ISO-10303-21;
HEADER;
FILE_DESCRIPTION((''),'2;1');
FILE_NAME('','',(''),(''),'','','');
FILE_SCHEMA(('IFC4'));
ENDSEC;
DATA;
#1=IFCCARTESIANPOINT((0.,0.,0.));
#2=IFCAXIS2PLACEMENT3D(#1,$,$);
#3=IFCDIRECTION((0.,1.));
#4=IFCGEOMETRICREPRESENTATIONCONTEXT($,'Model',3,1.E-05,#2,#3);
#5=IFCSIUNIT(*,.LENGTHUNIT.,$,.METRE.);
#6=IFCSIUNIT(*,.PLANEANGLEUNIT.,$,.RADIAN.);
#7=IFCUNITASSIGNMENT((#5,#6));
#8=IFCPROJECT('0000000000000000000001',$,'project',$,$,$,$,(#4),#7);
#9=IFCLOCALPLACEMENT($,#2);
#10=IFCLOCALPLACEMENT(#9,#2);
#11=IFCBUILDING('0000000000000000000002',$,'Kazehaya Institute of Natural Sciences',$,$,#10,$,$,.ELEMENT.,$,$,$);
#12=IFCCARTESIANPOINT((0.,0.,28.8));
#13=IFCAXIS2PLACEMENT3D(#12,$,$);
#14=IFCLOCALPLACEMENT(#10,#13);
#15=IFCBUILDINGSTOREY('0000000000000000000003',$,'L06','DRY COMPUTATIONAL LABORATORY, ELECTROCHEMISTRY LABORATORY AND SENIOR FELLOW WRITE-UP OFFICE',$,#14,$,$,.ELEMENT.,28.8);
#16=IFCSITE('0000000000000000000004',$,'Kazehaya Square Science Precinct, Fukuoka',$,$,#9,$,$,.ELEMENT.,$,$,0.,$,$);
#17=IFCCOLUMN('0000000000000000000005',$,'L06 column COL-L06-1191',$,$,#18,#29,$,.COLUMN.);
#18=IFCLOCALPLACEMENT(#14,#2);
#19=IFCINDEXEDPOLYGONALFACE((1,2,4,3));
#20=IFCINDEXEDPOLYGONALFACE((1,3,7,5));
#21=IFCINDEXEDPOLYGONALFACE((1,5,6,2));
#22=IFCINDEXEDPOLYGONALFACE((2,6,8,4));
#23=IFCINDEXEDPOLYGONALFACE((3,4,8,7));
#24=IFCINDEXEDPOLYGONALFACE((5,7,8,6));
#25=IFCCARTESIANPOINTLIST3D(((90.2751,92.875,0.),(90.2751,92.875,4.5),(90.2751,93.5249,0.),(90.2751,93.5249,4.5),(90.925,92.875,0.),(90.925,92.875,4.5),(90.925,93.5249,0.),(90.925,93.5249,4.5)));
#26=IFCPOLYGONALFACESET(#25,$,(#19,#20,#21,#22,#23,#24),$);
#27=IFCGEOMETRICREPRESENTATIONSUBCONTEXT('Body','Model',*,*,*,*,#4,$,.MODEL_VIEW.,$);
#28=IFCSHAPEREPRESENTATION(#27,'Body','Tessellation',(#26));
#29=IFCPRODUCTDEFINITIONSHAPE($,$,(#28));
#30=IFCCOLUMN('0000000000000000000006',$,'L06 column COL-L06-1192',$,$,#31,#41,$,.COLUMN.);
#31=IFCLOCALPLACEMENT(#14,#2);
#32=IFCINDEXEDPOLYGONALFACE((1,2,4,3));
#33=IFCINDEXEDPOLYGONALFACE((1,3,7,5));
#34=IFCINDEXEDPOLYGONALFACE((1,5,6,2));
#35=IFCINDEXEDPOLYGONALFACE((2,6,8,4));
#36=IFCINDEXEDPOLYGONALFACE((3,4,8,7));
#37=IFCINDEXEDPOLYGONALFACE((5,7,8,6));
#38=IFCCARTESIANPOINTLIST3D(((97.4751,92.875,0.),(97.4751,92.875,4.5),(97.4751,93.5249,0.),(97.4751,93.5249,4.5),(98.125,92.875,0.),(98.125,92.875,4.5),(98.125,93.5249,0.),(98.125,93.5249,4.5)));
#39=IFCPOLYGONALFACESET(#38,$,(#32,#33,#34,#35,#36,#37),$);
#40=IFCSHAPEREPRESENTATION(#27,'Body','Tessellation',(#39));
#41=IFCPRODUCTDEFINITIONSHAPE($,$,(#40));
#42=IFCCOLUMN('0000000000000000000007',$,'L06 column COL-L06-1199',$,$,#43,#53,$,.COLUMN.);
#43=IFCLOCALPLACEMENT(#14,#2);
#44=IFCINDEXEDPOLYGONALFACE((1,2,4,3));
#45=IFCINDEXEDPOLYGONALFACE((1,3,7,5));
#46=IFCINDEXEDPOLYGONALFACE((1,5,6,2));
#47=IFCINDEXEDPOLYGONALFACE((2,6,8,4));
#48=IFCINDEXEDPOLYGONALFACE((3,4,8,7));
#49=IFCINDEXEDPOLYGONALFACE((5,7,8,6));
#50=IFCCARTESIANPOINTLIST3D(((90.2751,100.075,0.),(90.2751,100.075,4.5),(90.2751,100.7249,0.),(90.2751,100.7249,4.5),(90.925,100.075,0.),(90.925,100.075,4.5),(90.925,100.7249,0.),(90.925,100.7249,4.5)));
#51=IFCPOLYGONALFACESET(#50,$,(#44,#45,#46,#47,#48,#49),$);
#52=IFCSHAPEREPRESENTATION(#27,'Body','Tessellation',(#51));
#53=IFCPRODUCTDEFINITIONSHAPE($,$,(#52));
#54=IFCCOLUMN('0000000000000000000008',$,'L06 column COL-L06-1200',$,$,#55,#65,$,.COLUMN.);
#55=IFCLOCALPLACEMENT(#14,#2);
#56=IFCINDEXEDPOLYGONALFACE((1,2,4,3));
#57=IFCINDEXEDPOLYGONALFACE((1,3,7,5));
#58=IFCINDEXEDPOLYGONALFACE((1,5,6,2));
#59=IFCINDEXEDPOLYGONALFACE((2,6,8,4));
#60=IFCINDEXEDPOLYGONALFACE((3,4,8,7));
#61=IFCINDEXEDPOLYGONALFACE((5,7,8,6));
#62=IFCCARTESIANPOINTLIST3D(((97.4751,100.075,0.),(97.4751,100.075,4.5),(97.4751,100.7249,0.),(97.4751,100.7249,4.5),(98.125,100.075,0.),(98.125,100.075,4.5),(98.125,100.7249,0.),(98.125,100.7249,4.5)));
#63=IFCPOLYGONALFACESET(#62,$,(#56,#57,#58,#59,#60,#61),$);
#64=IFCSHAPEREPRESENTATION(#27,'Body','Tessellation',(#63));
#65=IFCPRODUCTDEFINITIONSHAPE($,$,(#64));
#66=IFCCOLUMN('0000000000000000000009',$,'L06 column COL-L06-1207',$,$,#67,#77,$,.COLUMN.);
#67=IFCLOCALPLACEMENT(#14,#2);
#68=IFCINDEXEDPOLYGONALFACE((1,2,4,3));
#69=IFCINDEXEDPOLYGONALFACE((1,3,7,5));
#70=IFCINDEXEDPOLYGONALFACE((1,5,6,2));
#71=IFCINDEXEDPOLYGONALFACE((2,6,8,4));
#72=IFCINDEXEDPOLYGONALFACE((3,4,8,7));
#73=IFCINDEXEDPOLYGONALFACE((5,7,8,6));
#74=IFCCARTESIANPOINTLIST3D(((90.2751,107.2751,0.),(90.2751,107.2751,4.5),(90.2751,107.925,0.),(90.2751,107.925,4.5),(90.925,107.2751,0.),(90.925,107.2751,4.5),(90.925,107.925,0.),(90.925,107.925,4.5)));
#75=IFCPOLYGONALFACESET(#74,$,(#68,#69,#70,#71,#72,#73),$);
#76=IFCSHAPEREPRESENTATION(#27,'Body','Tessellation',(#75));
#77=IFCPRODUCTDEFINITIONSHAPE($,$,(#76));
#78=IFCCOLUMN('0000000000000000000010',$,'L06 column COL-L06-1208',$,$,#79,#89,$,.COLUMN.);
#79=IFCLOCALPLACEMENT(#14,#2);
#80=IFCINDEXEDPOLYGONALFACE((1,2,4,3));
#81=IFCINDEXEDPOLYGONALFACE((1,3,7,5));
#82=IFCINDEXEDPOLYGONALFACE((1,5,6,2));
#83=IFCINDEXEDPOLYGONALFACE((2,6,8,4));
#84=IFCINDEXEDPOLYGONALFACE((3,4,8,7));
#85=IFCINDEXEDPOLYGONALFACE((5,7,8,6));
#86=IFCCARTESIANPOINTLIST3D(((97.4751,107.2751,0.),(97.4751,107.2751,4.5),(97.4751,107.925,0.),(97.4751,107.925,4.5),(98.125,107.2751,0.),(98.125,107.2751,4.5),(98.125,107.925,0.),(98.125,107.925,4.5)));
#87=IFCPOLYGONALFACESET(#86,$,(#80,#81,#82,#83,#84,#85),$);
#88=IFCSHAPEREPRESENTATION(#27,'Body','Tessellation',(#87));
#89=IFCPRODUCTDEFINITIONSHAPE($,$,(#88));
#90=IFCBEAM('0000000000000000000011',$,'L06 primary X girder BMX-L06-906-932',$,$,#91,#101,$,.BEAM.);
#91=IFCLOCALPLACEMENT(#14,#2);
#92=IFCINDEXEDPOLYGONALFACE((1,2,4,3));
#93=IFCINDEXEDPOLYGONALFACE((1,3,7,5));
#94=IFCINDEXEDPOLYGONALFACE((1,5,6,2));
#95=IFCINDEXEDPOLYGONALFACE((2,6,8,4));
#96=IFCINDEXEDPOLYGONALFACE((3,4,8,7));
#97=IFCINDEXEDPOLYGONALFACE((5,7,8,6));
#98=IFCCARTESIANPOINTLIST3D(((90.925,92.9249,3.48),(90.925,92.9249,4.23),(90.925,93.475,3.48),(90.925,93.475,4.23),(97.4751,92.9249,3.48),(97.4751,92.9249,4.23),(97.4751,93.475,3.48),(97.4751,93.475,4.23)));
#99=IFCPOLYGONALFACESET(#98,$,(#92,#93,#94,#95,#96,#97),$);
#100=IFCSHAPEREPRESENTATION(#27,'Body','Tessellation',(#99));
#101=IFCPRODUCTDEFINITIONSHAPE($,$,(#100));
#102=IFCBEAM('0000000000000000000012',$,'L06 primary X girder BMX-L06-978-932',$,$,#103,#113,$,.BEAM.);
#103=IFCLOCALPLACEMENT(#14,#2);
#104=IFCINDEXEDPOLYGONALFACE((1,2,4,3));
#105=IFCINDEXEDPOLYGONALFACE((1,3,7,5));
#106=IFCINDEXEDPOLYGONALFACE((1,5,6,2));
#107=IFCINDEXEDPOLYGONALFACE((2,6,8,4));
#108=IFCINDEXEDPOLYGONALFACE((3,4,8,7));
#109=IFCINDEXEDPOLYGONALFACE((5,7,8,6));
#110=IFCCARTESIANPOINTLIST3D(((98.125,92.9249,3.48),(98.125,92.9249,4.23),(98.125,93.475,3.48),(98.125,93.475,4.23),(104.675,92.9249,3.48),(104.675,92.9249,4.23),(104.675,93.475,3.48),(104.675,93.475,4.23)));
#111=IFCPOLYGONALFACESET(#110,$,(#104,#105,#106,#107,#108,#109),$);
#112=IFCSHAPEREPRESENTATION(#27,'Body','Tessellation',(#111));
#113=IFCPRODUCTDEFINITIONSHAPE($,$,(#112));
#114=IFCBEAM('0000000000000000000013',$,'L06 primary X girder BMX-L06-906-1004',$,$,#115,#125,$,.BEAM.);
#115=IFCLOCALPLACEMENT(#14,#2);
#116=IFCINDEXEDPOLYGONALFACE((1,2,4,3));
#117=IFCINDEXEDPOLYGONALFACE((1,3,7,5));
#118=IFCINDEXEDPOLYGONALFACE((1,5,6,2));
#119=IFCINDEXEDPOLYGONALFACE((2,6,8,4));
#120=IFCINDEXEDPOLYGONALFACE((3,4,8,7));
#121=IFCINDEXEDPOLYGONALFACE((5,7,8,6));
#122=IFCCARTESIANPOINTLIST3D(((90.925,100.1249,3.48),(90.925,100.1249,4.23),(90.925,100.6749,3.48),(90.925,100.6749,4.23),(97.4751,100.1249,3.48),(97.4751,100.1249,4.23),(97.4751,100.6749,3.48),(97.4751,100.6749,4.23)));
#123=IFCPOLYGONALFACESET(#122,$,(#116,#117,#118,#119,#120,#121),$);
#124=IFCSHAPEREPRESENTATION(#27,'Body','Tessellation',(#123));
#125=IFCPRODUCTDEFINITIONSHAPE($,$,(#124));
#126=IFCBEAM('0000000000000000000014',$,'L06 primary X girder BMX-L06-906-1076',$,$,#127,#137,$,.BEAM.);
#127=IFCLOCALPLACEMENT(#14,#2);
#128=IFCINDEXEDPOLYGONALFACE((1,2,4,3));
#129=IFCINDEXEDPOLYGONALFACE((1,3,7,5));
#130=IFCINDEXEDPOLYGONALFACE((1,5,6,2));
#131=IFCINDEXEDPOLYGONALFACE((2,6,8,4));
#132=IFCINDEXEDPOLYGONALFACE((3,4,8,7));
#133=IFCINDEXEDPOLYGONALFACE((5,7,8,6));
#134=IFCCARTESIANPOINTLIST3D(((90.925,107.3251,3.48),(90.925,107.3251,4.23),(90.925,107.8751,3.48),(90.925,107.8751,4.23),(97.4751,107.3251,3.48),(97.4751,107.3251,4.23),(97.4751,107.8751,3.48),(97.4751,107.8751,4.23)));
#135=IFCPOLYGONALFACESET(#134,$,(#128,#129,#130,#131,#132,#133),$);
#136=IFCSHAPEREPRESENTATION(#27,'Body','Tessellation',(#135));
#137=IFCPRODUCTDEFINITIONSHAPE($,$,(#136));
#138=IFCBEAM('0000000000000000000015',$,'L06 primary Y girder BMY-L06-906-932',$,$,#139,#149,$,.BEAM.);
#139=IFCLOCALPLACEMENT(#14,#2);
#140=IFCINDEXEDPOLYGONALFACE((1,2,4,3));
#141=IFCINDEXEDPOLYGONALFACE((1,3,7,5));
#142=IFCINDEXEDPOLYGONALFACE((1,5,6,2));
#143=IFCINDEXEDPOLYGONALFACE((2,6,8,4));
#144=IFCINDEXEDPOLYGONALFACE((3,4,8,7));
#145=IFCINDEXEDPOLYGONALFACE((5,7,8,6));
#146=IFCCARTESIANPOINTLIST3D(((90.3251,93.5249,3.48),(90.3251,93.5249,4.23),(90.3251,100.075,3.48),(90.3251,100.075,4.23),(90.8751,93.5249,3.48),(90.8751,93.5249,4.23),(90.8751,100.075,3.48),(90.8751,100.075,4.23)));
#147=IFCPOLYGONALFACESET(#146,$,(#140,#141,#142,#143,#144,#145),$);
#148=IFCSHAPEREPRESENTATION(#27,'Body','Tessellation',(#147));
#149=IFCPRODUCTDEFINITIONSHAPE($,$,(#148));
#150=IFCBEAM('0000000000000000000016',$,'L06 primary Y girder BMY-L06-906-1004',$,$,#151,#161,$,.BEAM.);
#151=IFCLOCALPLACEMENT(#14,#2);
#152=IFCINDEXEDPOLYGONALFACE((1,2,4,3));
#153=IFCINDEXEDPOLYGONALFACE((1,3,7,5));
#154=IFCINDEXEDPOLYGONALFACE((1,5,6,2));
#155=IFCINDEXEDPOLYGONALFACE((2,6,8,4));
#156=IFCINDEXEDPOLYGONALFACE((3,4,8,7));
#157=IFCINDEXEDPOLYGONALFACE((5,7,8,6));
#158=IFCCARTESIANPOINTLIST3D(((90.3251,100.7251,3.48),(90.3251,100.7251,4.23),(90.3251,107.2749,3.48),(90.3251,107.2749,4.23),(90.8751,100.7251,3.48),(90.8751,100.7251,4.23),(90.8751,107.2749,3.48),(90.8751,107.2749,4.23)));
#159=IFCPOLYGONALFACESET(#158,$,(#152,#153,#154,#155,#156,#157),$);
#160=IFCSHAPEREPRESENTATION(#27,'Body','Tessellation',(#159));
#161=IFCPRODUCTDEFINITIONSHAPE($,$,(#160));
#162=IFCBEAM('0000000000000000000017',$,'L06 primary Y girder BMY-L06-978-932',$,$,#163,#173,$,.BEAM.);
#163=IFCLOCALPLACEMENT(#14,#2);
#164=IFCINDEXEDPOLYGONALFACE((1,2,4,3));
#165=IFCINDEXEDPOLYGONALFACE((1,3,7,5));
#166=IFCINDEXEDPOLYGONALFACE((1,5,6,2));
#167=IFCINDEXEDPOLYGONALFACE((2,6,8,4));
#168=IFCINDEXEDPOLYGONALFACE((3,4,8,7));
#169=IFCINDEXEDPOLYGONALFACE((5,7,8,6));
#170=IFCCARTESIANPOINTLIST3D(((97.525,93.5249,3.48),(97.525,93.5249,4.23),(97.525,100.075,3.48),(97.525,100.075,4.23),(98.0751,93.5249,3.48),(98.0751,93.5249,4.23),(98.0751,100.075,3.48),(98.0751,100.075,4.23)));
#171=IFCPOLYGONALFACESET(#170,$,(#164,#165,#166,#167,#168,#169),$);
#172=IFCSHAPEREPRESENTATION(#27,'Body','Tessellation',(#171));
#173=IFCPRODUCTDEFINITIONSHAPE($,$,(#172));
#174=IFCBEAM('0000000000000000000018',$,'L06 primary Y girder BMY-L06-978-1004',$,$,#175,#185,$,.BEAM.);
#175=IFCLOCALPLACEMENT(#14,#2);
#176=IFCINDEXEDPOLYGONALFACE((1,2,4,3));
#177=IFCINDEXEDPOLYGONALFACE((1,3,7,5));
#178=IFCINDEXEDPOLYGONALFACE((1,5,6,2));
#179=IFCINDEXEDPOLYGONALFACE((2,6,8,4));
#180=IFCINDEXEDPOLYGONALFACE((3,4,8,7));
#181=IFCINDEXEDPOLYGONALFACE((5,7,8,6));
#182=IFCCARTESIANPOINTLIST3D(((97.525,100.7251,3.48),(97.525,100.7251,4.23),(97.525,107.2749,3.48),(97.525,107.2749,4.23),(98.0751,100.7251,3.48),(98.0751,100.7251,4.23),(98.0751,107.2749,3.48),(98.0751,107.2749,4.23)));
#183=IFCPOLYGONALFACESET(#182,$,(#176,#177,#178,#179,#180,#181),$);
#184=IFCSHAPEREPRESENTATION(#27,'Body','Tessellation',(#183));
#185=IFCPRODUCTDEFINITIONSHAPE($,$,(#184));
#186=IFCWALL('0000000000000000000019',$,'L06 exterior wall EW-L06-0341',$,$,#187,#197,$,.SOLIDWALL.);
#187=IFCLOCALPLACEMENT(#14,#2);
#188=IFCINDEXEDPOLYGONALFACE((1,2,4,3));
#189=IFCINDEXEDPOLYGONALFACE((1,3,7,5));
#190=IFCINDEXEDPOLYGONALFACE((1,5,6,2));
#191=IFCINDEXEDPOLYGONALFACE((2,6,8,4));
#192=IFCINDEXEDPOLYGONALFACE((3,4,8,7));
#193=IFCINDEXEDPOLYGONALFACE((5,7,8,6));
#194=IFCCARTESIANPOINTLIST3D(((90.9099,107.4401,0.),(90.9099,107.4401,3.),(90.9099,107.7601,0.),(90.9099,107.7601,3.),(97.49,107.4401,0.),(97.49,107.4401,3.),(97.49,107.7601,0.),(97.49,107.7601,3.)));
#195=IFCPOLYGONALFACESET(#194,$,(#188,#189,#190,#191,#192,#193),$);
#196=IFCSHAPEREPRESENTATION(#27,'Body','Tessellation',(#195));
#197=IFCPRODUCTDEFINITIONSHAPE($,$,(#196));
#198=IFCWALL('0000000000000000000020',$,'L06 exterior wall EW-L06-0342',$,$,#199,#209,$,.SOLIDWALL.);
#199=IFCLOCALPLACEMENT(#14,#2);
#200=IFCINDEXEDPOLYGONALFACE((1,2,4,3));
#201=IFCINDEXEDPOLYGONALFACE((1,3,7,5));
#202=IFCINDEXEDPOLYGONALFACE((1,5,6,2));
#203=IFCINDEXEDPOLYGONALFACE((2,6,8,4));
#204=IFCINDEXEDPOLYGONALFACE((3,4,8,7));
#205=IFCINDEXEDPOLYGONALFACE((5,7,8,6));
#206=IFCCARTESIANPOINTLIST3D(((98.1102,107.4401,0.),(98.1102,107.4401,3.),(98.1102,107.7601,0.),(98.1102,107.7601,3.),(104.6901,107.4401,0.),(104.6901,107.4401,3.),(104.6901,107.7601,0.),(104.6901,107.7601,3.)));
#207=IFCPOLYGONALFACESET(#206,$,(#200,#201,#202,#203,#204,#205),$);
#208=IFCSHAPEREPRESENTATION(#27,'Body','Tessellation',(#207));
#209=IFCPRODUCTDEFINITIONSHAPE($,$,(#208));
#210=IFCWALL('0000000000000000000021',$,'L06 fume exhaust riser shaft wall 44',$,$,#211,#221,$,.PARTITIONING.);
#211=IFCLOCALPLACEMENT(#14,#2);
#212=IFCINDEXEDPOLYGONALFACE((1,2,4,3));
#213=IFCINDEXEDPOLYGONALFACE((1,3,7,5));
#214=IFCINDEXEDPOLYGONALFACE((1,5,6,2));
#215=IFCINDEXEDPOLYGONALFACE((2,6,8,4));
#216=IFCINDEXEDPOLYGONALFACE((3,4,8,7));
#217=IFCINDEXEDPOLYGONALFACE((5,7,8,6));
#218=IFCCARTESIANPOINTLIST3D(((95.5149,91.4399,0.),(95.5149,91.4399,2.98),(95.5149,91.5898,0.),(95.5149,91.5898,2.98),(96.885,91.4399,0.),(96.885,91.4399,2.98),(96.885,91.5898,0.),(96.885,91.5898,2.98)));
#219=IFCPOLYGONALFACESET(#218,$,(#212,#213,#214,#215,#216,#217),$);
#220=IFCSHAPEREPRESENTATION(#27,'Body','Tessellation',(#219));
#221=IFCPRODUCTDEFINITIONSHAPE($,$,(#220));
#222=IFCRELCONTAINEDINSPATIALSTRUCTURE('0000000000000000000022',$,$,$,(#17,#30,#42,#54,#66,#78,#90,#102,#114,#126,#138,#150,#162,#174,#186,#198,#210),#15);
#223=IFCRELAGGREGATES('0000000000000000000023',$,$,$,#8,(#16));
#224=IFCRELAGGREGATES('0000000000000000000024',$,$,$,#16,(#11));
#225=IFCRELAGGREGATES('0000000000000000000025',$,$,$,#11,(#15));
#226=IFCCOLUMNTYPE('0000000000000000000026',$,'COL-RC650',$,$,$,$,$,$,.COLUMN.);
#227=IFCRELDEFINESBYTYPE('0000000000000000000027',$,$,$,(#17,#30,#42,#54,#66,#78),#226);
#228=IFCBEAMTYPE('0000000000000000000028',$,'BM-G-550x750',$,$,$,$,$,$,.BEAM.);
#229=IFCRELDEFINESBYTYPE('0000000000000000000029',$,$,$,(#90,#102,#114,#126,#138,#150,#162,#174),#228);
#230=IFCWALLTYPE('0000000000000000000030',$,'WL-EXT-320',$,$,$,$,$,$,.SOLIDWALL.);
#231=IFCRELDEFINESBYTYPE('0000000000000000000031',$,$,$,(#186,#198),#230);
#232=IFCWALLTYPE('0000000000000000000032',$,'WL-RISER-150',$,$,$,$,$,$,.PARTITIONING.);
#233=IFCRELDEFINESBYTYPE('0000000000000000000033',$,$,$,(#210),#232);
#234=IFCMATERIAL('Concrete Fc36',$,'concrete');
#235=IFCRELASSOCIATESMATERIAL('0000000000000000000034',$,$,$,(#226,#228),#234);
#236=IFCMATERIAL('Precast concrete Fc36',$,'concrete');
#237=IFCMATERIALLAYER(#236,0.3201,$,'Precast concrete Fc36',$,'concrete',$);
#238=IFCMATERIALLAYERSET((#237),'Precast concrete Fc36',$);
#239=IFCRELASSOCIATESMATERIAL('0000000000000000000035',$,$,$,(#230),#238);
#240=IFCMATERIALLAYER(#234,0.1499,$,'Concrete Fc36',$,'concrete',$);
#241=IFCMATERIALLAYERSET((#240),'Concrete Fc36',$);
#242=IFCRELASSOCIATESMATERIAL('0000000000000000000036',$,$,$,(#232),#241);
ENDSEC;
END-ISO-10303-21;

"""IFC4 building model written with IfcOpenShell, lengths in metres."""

from ifc_helpers import new_model, si_unit, direction, frame, frame_2d, origin, origin_2d, place, context, subcontext, project, spatial, rectangle, extrude, material, layer, layer_set, material_profile, profile_set, type_object, element, save


model = new_model("IFC4")

# Units and contexts
model_context = context("Model", 3, precision=1e-05, world=origin(), true_north=direction((0.0, 1.0)))
body_context = subcontext(model_context, "Body", "Model", "MODEL_VIEW")
ifc_project = project(units=[si_unit("LENGTHUNIT", "METRE"), si_unit("PLANEANGLEUNIT", "RADIAN")], contexts=[model_context])

# Site, building, storey
site_placement = place(None, origin())
site = spatial("IfcSite", under=ifc_project, at=site_placement, Name="Kazehaya Square Science Precinct, Fukuoka", CompositionType="ELEMENT", RefElevation=0.0)
building_placement = place(site_placement, origin())
building = spatial("IfcBuilding", under=site, at=building_placement, Name="Kazehaya Institute of Natural Sciences", CompositionType="ELEMENT")
storey_placement = place(building_placement, frame((0.0, 0.0, 28.8)))
storey = spatial("IfcBuildingStorey", under=building, at=storey_placement, Name="L06", Description="DRY COMPUTATIONAL LABORATORY, ELECTROCHEMISTRY LABORATORY AND SENIOR FELLOW WRITE-UP OFFICE", CompositionType="ELEMENT", Elevation=28.8)

# Columns
ifc_material_1 = material(Name="Concrete Fc36", Category="concrete")
ifc_material_profile_1 = material_profile(ifc_material_1, rectangle(XDim=0.6499, YDim=0.6499, at=origin_2d()), Name="RC-650x650")
ifc_profile_set_1 = profile_set([ifc_material_profile_1], Name="Concrete Fc36")
column_type = type_object("IfcColumnType", Name="COL-RC650", PredefinedType="COLUMN", material=ifc_profile_set_1)
for number, where, z_axis, x_axis, name in (
    (1, (90.6001, 93.2, 0.0), (0.0, 0.0, 1.0), (1.0, 0.0, 0.0), "L06 column COL-L06-1191"),
    (2, (97.8, 93.2, 0.0), (0.0, 0.0, 1.0), (1.0, 0.0, 0.0), "L06 column COL-L06-1192"),
    (3, (90.6001, 100.3999, 0.0), (0.0, 0.0, 1.0), (1.0, 0.0, 0.0), "L06 column COL-L06-1199"),
    (4, (97.8, 100.3999, 0.0), (0.0, 0.0, 1.0), (1.0, 0.0, 0.0), "L06 column COL-L06-1200"),
    (5, (90.6001, 107.6001, 0.0), (0.0, 0.0, 1.0), (1.0, 0.0, 0.0), "L06 column COL-L06-1207"),
    (6, (97.8, 107.6001, 0.0), (0.0, 0.0, 1.0), (1.0, 0.0, 0.0), "L06 column COL-L06-1208"),
):
    element("IfcColumn", number, at=place(storey_placement, frame(where, z_axis=z_axis, x_axis=x_axis)), inside=storey, type_object=column_type, Name=name, PredefinedType="COLUMN", context=body_context, shape_type="SweptSolid", body=[
        extrude(rectangle(XDim=0.6499, YDim=0.6499, at=origin_2d()), origin(), (0.0, 0.0, 1.0), 4.5),
    ])

# Beams
ifc_material_profile_2 = material_profile(ifc_material_1, rectangle(XDim=0.55, YDim=0.75, at=origin_2d()), Name="RC-550x750")
ifc_profile_set_2 = profile_set([ifc_material_profile_2], Name="Concrete Fc36")
beam_type = type_object("IfcBeamType", Name="BM-G-550x750", PredefinedType="BEAM", material=ifc_profile_set_2)
for number, where, z_axis, x_axis, name in (
    (7, (90.925, 93.2, 3.855), (1.0, 0.0, 0.0), (0.0, 1.0, 0.0), "L06 primary X girder BMX-L06-906-932"),
    (8, (98.125, 93.2, 3.855), (1.0, 0.0, 0.0), (0.0, 1.0, 0.0), "L06 primary X girder BMX-L06-978-932"),
    (9, (90.925, 100.3999, 3.855), (1.0, 0.0, 0.0), (0.0, 1.0, 0.0), "L06 primary X girder BMX-L06-906-1004"),
    (10, (90.925, 107.6001, 3.855), (1.0, 0.0, 0.0), (0.0, 1.0, 0.0), "L06 primary X girder BMX-L06-906-1076"),
    (11, (90.6001, 93.5249, 3.855), (0.0, 1.0, 0.0), (-1.0, 0.0, 0.0), "L06 primary Y girder BMY-L06-906-932"),
):
    element("IfcBeam", number, at=place(storey_placement, frame(where, z_axis=z_axis, x_axis=x_axis)), inside=storey, type_object=beam_type, Name=name, PredefinedType="BEAM", context=body_context, shape_type="SweptSolid", body=[
        extrude(rectangle(XDim=0.55, YDim=0.75, at=origin_2d()), origin(), (0.0, 0.0, 1.0), 6.55),
    ])
beam_1_placement = place(storey_placement, frame((90.6001, 100.7251, 3.855), z_axis=(0.0, 1.0, 0.0), x_axis=(-1.0, 0.0, 0.0)))
element("IfcBeam", 12, at=beam_1_placement, inside=storey, type_object=beam_type, Name="L06 primary Y girder BMY-L06-906-1004", PredefinedType="BEAM", context=body_context, shape_type="SweptSolid", body=[
    extrude(rectangle(XDim=0.55, YDim=0.75, at=origin_2d()), origin(), (0.0, 0.0, 1.0), 6.5498),
])
beam_2_placement = place(storey_placement, frame((97.8, 93.5249, 3.855), z_axis=(0.0, 1.0, 0.0), x_axis=(-1.0, 0.0, 0.0)))
element("IfcBeam", 13, at=beam_2_placement, inside=storey, type_object=beam_type, Name="L06 primary Y girder BMY-L06-978-932", PredefinedType="BEAM", context=body_context, shape_type="SweptSolid", body=[
    extrude(rectangle(XDim=0.55, YDim=0.75, at=origin_2d()), origin(), (0.0, 0.0, 1.0), 6.55),
])
beam_3_placement = place(storey_placement, frame((97.8, 100.7251, 3.855), z_axis=(0.0, 1.0, 0.0), x_axis=(-1.0, 0.0, 0.0)))
element("IfcBeam", 14, at=beam_3_placement, inside=storey, type_object=beam_type, Name="L06 primary Y girder BMY-L06-978-1004", PredefinedType="BEAM", context=body_context, shape_type="SweptSolid", body=[
    extrude(rectangle(XDim=0.55, YDim=0.75, at=origin_2d()), origin(), (0.0, 0.0, 1.0), 6.5498),
])

# Walls
ifc_material_2 = material(Name="Precast concrete Fc36", Category="concrete")
ifc_layer_1 = layer(ifc_material_2, 0.3201, Name="Precast concrete Fc36", Category="concrete")
ifc_layer_set_1 = layer_set([ifc_layer_1], Name="Precast concrete Fc36")
wall_type_1 = type_object("IfcWallType", Name="WL-EXT-320", PredefinedType="SOLIDWALL", material=ifc_layer_set_1)
wall_1_placement = place(storey_placement, frame((90.9099, 107.6001, 0.0), z_axis=(0.0, 0.0, 1.0), x_axis=(1.0, 0.0, 0.0)))
element("IfcWall", 15, at=wall_1_placement, inside=storey, type_object=wall_type_1, Name="L06 exterior wall EW-L06-0341", PredefinedType="SOLIDWALL", context=body_context, shape_type="SweptSolid", body=[
    extrude(rectangle(XDim=6.5801, YDim=0.3201, at=frame_2d((3.29, 0.0))), origin(), (0.0, 0.0, 1.0), 3.0),
])
wall_2_placement = place(storey_placement, frame((98.1101, 107.6001, 0.0), z_axis=(0.0, 0.0, 1.0), x_axis=(1.0, 0.0, 0.0)))
element("IfcWall", 16, at=wall_2_placement, inside=storey, type_object=wall_type_1, Name="L06 exterior wall EW-L06-0342", PredefinedType="SOLIDWALL", context=body_context, shape_type="SweptSolid", body=[
    extrude(rectangle(XDim=6.5798, YDim=0.3201, at=frame_2d((3.29, 0.0))), origin(), (0.0, 0.0, 1.0), 3.0),
])
ifc_layer_2 = layer(ifc_material_1, 0.1499, Name="Concrete Fc36", Category="concrete")
ifc_layer_set_2 = layer_set([ifc_layer_2], Name="Concrete Fc36")
wall_type_2 = type_object("IfcWallType", Name="WL-RISER-150", PredefinedType="PARTITIONING", material=ifc_layer_set_2)
for number, where, z_axis, x_axis, name in (
    (17, (96.885, 91.5149, 0.0), (0.0, 0.0, 1.0), (-1.0, 0.0, 0.0), "L06 fume exhaust riser shaft wall 44"),
):
    element("IfcWall", number, at=place(storey_placement, frame(where, z_axis=z_axis, x_axis=x_axis)), inside=storey, type_object=wall_type_2, Name=name, PredefinedType="PARTITIONING", context=body_context, shape_type="SweptSolid", body=[
        extrude(rectangle(XDim=1.3701, YDim=0.1499, at=frame_2d((0.6851, 0.0))), origin(), (0.0, 0.0, 1.0), 2.98),
    ])

save(model, "model.ifc")
